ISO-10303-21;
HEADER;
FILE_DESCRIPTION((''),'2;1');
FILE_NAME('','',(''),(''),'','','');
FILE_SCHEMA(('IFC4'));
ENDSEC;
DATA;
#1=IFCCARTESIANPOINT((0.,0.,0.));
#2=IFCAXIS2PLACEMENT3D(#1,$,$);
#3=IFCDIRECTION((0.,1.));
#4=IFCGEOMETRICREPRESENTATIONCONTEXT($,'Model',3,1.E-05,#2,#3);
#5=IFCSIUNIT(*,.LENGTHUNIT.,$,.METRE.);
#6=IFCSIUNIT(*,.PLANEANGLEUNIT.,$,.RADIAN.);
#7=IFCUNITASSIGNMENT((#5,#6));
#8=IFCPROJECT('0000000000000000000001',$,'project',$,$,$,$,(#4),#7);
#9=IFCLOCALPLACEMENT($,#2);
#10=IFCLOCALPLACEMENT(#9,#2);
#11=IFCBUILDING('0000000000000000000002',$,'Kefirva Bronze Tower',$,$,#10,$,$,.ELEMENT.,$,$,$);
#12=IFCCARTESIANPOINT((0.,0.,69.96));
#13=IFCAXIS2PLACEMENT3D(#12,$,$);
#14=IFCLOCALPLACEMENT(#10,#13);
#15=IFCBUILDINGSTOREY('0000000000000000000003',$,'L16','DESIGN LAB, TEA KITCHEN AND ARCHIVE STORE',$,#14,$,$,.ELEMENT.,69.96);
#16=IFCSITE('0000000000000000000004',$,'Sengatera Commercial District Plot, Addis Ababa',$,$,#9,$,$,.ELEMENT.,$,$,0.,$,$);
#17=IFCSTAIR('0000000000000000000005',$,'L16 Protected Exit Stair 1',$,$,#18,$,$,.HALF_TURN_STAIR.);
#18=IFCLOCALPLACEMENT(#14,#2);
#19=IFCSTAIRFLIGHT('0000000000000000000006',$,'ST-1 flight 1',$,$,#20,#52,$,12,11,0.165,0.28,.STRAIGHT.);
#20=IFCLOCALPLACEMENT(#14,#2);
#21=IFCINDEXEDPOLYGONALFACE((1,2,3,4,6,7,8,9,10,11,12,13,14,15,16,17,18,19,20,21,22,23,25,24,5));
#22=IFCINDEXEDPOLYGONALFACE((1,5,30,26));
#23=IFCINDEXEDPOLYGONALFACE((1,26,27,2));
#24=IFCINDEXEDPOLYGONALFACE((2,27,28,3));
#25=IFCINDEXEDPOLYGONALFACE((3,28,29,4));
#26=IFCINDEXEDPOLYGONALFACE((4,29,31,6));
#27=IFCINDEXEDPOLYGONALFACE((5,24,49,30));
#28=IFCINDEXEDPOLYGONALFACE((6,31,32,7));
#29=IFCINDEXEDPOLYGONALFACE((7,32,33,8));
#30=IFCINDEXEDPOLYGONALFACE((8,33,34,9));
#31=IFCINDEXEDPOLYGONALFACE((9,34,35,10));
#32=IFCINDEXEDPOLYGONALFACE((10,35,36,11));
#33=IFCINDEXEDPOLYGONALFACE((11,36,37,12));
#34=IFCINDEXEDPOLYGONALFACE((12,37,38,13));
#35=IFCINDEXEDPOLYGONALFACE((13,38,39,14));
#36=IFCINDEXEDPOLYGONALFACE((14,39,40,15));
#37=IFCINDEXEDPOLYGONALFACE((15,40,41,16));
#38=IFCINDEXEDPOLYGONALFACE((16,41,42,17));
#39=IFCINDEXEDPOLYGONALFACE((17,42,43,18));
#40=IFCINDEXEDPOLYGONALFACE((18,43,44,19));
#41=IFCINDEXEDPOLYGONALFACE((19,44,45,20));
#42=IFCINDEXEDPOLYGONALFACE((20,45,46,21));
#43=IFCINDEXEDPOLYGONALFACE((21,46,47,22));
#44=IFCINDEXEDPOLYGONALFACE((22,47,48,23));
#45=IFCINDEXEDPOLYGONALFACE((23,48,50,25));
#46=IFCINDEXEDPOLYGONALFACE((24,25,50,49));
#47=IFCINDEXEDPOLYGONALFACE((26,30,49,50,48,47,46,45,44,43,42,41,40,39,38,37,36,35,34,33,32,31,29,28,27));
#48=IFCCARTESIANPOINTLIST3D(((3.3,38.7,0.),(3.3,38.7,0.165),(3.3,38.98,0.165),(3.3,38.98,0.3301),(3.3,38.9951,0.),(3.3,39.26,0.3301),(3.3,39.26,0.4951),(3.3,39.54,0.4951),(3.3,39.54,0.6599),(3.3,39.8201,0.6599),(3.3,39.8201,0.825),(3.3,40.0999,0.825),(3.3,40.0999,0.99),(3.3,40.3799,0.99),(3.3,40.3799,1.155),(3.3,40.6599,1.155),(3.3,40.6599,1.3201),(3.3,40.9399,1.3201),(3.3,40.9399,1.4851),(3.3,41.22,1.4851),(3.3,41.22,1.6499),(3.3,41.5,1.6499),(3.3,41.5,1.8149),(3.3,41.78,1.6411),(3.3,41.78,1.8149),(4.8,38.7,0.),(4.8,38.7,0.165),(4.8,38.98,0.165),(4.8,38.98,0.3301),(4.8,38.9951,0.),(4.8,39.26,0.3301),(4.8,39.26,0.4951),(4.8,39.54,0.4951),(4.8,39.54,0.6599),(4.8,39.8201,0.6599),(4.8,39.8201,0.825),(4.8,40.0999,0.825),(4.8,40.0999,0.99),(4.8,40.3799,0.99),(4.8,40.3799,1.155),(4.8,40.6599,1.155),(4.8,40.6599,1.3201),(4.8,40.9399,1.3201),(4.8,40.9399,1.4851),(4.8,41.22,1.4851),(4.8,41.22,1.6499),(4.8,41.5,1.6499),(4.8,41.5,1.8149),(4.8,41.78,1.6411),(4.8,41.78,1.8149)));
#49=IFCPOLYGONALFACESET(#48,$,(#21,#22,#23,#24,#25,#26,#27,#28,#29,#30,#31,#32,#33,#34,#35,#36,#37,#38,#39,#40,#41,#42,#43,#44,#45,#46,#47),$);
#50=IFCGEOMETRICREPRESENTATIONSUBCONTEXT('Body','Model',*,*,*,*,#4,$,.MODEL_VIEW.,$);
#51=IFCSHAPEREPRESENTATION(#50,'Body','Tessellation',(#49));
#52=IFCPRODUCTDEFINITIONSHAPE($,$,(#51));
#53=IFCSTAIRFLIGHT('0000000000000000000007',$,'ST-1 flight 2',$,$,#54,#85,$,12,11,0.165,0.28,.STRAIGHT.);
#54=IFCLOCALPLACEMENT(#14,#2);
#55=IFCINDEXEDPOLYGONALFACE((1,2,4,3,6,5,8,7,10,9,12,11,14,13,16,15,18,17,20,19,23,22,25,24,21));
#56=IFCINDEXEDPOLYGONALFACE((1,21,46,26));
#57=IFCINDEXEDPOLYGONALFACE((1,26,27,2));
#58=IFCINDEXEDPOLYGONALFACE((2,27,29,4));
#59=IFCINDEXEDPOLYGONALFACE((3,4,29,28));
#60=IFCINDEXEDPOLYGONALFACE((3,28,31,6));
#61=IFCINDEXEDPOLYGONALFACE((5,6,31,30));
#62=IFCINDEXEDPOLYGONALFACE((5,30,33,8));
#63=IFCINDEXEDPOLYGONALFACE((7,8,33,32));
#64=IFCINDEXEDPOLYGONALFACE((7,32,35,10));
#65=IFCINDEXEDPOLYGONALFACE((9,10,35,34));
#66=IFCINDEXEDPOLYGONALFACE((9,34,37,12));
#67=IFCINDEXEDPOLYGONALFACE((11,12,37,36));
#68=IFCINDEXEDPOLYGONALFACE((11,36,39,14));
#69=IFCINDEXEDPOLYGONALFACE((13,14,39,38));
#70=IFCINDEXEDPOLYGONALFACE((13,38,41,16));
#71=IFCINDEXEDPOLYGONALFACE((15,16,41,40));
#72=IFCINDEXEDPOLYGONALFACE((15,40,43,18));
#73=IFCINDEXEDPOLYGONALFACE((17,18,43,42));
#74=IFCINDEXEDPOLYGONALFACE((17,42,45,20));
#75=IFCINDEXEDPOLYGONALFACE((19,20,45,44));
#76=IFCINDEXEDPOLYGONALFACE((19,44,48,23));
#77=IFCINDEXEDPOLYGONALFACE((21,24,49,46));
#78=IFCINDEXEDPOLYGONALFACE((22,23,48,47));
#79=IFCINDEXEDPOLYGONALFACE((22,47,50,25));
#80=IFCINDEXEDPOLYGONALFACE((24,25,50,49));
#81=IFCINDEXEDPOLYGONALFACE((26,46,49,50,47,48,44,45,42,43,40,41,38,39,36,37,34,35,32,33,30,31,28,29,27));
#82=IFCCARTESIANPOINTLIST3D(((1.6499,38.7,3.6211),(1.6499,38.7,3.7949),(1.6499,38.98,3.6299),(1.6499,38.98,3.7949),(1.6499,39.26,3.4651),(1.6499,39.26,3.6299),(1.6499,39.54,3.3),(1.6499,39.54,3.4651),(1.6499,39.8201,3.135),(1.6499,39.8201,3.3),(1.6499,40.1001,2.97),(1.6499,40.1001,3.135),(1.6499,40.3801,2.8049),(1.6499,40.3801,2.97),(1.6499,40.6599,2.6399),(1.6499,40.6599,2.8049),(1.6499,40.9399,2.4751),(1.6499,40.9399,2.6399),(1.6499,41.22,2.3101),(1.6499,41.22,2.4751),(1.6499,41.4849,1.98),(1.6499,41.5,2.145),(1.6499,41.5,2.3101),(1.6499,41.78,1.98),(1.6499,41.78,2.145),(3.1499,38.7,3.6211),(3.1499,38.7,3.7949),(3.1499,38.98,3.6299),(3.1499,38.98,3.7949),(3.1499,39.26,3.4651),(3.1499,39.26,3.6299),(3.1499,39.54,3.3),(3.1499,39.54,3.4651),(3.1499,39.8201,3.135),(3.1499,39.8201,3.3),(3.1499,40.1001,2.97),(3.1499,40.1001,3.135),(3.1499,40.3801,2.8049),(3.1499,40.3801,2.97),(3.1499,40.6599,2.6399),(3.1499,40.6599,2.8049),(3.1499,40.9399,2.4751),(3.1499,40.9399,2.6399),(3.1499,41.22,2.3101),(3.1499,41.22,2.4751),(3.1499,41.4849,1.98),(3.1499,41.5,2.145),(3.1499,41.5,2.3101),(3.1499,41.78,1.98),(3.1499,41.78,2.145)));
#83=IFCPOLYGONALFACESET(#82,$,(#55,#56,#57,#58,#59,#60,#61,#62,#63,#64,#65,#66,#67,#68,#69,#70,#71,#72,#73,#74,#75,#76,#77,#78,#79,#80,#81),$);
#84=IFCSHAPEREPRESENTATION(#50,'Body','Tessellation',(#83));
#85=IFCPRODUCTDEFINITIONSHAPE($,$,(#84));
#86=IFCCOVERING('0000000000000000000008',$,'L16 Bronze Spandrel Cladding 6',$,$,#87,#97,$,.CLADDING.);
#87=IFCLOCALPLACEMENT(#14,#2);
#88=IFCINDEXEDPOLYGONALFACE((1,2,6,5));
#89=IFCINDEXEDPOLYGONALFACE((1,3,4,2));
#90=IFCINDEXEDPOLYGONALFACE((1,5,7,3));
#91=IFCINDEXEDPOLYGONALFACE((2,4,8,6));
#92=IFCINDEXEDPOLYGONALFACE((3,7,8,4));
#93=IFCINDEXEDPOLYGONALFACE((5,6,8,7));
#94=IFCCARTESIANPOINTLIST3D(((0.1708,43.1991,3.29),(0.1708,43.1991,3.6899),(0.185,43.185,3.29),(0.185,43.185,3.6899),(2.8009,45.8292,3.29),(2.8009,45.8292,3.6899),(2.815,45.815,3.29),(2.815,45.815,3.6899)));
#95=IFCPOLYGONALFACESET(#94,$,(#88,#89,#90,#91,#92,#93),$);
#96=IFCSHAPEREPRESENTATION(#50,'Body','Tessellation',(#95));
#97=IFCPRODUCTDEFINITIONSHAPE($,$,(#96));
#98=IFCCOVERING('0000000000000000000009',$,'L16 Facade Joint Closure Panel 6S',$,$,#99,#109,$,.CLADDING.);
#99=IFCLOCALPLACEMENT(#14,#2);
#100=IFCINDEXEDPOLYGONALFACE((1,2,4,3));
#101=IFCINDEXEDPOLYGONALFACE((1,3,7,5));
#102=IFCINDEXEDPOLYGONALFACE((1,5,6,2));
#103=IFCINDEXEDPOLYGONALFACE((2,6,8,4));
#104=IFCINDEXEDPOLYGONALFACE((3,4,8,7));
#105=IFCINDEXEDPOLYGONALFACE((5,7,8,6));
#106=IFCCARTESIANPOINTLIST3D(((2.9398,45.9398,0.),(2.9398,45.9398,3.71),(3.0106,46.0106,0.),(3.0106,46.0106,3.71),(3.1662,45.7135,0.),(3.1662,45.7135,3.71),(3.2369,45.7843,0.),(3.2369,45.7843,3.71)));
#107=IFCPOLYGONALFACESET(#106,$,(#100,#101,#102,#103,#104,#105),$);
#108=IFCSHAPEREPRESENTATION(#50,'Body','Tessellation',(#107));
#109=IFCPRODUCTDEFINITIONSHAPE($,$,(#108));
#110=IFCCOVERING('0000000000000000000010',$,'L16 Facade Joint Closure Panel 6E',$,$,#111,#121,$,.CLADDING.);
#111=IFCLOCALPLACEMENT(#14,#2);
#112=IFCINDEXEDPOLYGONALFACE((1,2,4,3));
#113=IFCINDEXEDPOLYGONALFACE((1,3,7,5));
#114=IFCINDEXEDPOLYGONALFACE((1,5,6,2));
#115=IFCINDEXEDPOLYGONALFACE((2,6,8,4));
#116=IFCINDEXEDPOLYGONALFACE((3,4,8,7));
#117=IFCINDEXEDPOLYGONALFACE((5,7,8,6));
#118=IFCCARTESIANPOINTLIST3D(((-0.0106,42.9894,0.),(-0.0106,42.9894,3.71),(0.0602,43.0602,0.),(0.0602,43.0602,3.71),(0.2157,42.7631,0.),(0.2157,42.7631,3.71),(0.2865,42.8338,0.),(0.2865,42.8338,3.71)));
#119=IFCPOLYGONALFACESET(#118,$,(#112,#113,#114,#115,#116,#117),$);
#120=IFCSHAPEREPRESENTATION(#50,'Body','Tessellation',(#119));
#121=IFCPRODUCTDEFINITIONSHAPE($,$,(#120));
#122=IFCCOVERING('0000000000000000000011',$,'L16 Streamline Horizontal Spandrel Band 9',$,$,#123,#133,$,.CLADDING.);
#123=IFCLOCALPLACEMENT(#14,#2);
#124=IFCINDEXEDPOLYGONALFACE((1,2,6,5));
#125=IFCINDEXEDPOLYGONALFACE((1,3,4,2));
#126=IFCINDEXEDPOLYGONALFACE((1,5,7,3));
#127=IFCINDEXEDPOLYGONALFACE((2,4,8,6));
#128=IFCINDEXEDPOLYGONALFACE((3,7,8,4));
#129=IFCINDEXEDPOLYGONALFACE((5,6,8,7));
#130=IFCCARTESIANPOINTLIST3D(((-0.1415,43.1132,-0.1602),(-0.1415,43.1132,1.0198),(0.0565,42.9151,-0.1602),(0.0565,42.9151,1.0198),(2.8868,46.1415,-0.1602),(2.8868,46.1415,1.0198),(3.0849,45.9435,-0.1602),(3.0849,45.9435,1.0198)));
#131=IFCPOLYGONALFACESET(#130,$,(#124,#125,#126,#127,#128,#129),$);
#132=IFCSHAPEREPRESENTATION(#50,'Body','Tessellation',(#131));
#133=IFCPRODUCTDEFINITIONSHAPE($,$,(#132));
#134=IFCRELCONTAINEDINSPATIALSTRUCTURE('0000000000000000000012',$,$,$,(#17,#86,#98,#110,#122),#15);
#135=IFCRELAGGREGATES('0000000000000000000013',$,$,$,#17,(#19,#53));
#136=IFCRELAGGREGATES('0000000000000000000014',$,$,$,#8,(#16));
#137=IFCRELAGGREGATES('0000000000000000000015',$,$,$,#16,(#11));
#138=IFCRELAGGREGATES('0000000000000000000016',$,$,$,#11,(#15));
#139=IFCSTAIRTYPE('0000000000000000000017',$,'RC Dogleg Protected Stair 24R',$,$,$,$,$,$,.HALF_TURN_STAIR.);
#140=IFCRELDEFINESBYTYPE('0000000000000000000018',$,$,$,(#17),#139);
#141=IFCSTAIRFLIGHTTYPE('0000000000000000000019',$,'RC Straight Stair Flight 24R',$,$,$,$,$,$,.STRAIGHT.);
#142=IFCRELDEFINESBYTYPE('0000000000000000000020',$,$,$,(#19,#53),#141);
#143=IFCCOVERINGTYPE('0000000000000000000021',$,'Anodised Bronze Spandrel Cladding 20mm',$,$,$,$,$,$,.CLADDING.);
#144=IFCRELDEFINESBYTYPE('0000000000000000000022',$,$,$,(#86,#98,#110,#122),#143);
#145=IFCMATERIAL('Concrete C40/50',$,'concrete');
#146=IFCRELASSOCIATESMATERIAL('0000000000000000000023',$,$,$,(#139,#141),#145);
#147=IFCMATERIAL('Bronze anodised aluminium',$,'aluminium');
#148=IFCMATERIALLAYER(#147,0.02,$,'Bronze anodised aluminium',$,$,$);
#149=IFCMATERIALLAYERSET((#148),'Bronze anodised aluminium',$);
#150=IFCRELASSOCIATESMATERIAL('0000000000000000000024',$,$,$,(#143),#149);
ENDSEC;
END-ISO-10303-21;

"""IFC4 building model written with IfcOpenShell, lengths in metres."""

from ifc_helpers import new_model, si_unit, direction, frame, origin, origin_2d, place, context, subcontext, project, spatial, polyline, rectangle, outline, extrude, material, layer, layer_set, type_object, element, aggregate, save


model = new_model("IFC4")

# Units and contexts
model_context = context("Model", 3, precision=1e-05, world=origin(), true_north=direction((0.0, 1.0)))
body_context = subcontext(model_context, "Body", "Model", "MODEL_VIEW")
ifc_project = project(units=[si_unit("LENGTHUNIT", "METRE"), si_unit("PLANEANGLEUNIT", "RADIAN")], contexts=[model_context])

# Site, building, storey
site_placement = place(None, origin())
site = spatial("IfcSite", under=ifc_project, at=site_placement, Name="Sengatera Commercial District Plot, Addis Ababa", CompositionType="ELEMENT", RefElevation=0.0)
building_placement = place(site_placement, origin())
building = spatial("IfcBuilding", under=site, at=building_placement, Name="Kefirva Bronze Tower", CompositionType="ELEMENT")
storey_placement = place(building_placement, frame((0.0, 0.0, 69.96)))
storey = spatial("IfcBuildingStorey", under=building, at=storey_placement, Name="L16", Description="DESIGN LAB, TEA KITCHEN AND ARCHIVE STORE", CompositionType="ELEMENT", Elevation=69.96)

# Shared definitions
ifc_material_1 = material(Name="Bronze anodised aluminium", Category="aluminium")

# Stair, stair flights
ifc_material_2 = material(Name="Concrete C40/50", Category="concrete")
stair_type = type_object("IfcStairType", Name="RC Dogleg Protected Stair 24R", PredefinedType="HALF_TURN_STAIR", material=ifc_material_2)
stair_placement = place(storey_placement, origin())
stair = element("IfcStair", 1, at=stair_placement, inside=storey, type_object=stair_type, Name="L16 Protected Exit Stair 1", PredefinedType="HALF_TURN_STAIR")
stair_flight_type = type_object("IfcStairFlightType", Name="RC Straight Stair Flight 24R", PredefinedType="STRAIGHT", material=ifc_material_2)
stair_flight_1_placement = place(storey_placement, frame((4.05, 38.7, 0.0), z_axis=(0.0, 0.0, 1.0), x_axis=(0.0, 1.0, 0.0)))
stair_flight_1 = element("IfcStairFlight", 2, at=stair_flight_1_placement, type_object=stair_flight_type, Name="ST-1 flight 1", NumberOfRisers=12, NumberOfTreads=11, PredefinedType="STRAIGHT", RiserHeight=0.165, TreadLength=0.28, context=body_context, shape_type="SweptSolid", body=[
    extrude(outline(polyline([(0.0, 0.0), (0.0, 0.165), (0.28, 0.165), (0.28, 0.3301), (0.5601, 0.3301), (0.5601, 0.4951), (0.8401, 0.4951), (0.8401, 0.6599), (1.1201, 0.6599), (1.1201, 0.825), (1.3999, 0.825), (1.3999, 0.99), (1.6799, 0.99), (1.6799, 1.155), (1.96, 1.155), (1.96, 1.3201), (2.24, 1.3201), (2.24, 1.4851), (2.52, 1.4851), (2.52, 1.6499), (2.8, 1.6499), (2.8, 1.8149), (3.0801, 1.8149), (3.0801, 1.98), (3.0801, 1.6411), (0.2952, 0.0), (0.0, 0.0)])), frame((0.0, 0.75, 0.0), z_axis=(0.0, -1.0, 0.0), x_axis=(1.0, 0.0, 0.0)), (0.0, 0.0, 1.0), 1.5),
])
stair_flight_2_placement = place(storey_placement, frame((2.3999, 41.78, 1.98), z_axis=(0.0, 0.0, 1.0), x_axis=(0.0, -1.0, 0.0)))
stair_flight_2 = element("IfcStairFlight", 3, at=stair_flight_2_placement, type_object=stair_flight_type, Name="ST-1 flight 2", NumberOfRisers=12, NumberOfTreads=11, PredefinedType="STRAIGHT", RiserHeight=0.165, TreadLength=0.28, context=body_context, shape_type="SweptSolid", body=[
    extrude(outline(polyline([(0.0, 0.0), (0.0, 0.165), (0.28, 0.165), (0.28, 0.3301), (0.5601, 0.3301), (0.5601, 0.4951), (0.8401, 0.4951), (0.8401, 0.6599), (1.1201, 0.6599), (1.1201, 0.825), (1.3999, 0.825), (1.3999, 0.99), (1.6799, 0.99), (1.6799, 1.155), (1.96, 1.155), (1.96, 1.3201), (2.24, 1.3201), (2.24, 1.4851), (2.52, 1.4851), (2.52, 1.6499), (2.8, 1.6499), (2.8, 1.8149), (3.0801, 1.8149), (3.0801, 1.98), (3.0801, 1.6411), (0.2952, 0.0), (0.0, 0.0)])), frame((0.0, 0.75, 0.0), z_axis=(0.0, -1.0, 0.0), x_axis=(1.0, 0.0, 0.0)), (0.0, 0.0, 1.0), 1.5),
])
aggregate(stair, [stair_flight_1, stair_flight_2])

# Coverings
ifc_layer_1 = layer(ifc_material_1, 0.02, Name="Bronze anodised aluminium")
ifc_layer_set_1 = layer_set([ifc_layer_1], Name="Bronze anodised aluminium")
covering_type_1 = type_object("IfcCoveringType", Name="Anodised Bronze Spandrel Cladding 20mm", PredefinedType="CLADDING", material=ifc_layer_set_1)
covering_1_placement = place(storey_placement, frame((1.4929, 44.5071, 3.29), z_axis=(0.0, 0.0, 1.0), x_axis=(-0.707107, -0.707107, 0.0)))
element("IfcCovering", 4, at=covering_1_placement, inside=storey, type_object=covering_type_1, Name="L16 Bronze Spandrel Cladding 6", PredefinedType="CLADDING", context=body_context, shape_type="SweptSolid", body=[
    extrude(rectangle(XDim=3.7195, YDim=0.02, at=origin_2d()), origin(), (0.0, 0.0, 1.0), 0.3999),
])
for number, where, z_axis, x_axis, name in (
    (5, (3.0884, 45.8621, 0.0), (0.0, 0.0, 1.0), (-0.707107, -0.707107, 0.0), "L16 Facade Joint Closure Panel 6S"),
    (6, (0.1379, 42.9116, 0.0), (0.0, 0.0, 1.0), (-0.707107, -0.707107, 0.0), "L16 Facade Joint Closure Panel 6E"),
):
    element("IfcCovering", number, at=place(storey_placement, frame(where, z_axis=z_axis, x_axis=x_axis)), inside=storey, type_object=covering_type_1, Name=name, PredefinedType="CLADDING", context=body_context, shape_type="SweptSolid", body=[
        extrude(rectangle(XDim=0.1001, YDim=0.3201, at=origin_2d()), origin(), (0.0, 0.0, 1.0), 3.71),
    ])
covering_2_placement = place(storey_placement, frame((1.4717, 44.5283, -0.1602), z_axis=(0.0, 0.0, 1.0), x_axis=(-0.707107, -0.707107, 0.0)))
element("IfcCovering", 7, at=covering_2_placement, inside=storey, type_object=covering_type_1, Name="L16 Streamline Horizontal Spandrel Band 9", PredefinedType="CLADDING", context=body_context, shape_type="SweptSolid", body=[
    extrude(rectangle(XDim=4.2827, YDim=0.28, at=origin_2d()), origin(), (0.0, 0.0, 1.0), 1.1799),
])

save(model, "model.ifc")
